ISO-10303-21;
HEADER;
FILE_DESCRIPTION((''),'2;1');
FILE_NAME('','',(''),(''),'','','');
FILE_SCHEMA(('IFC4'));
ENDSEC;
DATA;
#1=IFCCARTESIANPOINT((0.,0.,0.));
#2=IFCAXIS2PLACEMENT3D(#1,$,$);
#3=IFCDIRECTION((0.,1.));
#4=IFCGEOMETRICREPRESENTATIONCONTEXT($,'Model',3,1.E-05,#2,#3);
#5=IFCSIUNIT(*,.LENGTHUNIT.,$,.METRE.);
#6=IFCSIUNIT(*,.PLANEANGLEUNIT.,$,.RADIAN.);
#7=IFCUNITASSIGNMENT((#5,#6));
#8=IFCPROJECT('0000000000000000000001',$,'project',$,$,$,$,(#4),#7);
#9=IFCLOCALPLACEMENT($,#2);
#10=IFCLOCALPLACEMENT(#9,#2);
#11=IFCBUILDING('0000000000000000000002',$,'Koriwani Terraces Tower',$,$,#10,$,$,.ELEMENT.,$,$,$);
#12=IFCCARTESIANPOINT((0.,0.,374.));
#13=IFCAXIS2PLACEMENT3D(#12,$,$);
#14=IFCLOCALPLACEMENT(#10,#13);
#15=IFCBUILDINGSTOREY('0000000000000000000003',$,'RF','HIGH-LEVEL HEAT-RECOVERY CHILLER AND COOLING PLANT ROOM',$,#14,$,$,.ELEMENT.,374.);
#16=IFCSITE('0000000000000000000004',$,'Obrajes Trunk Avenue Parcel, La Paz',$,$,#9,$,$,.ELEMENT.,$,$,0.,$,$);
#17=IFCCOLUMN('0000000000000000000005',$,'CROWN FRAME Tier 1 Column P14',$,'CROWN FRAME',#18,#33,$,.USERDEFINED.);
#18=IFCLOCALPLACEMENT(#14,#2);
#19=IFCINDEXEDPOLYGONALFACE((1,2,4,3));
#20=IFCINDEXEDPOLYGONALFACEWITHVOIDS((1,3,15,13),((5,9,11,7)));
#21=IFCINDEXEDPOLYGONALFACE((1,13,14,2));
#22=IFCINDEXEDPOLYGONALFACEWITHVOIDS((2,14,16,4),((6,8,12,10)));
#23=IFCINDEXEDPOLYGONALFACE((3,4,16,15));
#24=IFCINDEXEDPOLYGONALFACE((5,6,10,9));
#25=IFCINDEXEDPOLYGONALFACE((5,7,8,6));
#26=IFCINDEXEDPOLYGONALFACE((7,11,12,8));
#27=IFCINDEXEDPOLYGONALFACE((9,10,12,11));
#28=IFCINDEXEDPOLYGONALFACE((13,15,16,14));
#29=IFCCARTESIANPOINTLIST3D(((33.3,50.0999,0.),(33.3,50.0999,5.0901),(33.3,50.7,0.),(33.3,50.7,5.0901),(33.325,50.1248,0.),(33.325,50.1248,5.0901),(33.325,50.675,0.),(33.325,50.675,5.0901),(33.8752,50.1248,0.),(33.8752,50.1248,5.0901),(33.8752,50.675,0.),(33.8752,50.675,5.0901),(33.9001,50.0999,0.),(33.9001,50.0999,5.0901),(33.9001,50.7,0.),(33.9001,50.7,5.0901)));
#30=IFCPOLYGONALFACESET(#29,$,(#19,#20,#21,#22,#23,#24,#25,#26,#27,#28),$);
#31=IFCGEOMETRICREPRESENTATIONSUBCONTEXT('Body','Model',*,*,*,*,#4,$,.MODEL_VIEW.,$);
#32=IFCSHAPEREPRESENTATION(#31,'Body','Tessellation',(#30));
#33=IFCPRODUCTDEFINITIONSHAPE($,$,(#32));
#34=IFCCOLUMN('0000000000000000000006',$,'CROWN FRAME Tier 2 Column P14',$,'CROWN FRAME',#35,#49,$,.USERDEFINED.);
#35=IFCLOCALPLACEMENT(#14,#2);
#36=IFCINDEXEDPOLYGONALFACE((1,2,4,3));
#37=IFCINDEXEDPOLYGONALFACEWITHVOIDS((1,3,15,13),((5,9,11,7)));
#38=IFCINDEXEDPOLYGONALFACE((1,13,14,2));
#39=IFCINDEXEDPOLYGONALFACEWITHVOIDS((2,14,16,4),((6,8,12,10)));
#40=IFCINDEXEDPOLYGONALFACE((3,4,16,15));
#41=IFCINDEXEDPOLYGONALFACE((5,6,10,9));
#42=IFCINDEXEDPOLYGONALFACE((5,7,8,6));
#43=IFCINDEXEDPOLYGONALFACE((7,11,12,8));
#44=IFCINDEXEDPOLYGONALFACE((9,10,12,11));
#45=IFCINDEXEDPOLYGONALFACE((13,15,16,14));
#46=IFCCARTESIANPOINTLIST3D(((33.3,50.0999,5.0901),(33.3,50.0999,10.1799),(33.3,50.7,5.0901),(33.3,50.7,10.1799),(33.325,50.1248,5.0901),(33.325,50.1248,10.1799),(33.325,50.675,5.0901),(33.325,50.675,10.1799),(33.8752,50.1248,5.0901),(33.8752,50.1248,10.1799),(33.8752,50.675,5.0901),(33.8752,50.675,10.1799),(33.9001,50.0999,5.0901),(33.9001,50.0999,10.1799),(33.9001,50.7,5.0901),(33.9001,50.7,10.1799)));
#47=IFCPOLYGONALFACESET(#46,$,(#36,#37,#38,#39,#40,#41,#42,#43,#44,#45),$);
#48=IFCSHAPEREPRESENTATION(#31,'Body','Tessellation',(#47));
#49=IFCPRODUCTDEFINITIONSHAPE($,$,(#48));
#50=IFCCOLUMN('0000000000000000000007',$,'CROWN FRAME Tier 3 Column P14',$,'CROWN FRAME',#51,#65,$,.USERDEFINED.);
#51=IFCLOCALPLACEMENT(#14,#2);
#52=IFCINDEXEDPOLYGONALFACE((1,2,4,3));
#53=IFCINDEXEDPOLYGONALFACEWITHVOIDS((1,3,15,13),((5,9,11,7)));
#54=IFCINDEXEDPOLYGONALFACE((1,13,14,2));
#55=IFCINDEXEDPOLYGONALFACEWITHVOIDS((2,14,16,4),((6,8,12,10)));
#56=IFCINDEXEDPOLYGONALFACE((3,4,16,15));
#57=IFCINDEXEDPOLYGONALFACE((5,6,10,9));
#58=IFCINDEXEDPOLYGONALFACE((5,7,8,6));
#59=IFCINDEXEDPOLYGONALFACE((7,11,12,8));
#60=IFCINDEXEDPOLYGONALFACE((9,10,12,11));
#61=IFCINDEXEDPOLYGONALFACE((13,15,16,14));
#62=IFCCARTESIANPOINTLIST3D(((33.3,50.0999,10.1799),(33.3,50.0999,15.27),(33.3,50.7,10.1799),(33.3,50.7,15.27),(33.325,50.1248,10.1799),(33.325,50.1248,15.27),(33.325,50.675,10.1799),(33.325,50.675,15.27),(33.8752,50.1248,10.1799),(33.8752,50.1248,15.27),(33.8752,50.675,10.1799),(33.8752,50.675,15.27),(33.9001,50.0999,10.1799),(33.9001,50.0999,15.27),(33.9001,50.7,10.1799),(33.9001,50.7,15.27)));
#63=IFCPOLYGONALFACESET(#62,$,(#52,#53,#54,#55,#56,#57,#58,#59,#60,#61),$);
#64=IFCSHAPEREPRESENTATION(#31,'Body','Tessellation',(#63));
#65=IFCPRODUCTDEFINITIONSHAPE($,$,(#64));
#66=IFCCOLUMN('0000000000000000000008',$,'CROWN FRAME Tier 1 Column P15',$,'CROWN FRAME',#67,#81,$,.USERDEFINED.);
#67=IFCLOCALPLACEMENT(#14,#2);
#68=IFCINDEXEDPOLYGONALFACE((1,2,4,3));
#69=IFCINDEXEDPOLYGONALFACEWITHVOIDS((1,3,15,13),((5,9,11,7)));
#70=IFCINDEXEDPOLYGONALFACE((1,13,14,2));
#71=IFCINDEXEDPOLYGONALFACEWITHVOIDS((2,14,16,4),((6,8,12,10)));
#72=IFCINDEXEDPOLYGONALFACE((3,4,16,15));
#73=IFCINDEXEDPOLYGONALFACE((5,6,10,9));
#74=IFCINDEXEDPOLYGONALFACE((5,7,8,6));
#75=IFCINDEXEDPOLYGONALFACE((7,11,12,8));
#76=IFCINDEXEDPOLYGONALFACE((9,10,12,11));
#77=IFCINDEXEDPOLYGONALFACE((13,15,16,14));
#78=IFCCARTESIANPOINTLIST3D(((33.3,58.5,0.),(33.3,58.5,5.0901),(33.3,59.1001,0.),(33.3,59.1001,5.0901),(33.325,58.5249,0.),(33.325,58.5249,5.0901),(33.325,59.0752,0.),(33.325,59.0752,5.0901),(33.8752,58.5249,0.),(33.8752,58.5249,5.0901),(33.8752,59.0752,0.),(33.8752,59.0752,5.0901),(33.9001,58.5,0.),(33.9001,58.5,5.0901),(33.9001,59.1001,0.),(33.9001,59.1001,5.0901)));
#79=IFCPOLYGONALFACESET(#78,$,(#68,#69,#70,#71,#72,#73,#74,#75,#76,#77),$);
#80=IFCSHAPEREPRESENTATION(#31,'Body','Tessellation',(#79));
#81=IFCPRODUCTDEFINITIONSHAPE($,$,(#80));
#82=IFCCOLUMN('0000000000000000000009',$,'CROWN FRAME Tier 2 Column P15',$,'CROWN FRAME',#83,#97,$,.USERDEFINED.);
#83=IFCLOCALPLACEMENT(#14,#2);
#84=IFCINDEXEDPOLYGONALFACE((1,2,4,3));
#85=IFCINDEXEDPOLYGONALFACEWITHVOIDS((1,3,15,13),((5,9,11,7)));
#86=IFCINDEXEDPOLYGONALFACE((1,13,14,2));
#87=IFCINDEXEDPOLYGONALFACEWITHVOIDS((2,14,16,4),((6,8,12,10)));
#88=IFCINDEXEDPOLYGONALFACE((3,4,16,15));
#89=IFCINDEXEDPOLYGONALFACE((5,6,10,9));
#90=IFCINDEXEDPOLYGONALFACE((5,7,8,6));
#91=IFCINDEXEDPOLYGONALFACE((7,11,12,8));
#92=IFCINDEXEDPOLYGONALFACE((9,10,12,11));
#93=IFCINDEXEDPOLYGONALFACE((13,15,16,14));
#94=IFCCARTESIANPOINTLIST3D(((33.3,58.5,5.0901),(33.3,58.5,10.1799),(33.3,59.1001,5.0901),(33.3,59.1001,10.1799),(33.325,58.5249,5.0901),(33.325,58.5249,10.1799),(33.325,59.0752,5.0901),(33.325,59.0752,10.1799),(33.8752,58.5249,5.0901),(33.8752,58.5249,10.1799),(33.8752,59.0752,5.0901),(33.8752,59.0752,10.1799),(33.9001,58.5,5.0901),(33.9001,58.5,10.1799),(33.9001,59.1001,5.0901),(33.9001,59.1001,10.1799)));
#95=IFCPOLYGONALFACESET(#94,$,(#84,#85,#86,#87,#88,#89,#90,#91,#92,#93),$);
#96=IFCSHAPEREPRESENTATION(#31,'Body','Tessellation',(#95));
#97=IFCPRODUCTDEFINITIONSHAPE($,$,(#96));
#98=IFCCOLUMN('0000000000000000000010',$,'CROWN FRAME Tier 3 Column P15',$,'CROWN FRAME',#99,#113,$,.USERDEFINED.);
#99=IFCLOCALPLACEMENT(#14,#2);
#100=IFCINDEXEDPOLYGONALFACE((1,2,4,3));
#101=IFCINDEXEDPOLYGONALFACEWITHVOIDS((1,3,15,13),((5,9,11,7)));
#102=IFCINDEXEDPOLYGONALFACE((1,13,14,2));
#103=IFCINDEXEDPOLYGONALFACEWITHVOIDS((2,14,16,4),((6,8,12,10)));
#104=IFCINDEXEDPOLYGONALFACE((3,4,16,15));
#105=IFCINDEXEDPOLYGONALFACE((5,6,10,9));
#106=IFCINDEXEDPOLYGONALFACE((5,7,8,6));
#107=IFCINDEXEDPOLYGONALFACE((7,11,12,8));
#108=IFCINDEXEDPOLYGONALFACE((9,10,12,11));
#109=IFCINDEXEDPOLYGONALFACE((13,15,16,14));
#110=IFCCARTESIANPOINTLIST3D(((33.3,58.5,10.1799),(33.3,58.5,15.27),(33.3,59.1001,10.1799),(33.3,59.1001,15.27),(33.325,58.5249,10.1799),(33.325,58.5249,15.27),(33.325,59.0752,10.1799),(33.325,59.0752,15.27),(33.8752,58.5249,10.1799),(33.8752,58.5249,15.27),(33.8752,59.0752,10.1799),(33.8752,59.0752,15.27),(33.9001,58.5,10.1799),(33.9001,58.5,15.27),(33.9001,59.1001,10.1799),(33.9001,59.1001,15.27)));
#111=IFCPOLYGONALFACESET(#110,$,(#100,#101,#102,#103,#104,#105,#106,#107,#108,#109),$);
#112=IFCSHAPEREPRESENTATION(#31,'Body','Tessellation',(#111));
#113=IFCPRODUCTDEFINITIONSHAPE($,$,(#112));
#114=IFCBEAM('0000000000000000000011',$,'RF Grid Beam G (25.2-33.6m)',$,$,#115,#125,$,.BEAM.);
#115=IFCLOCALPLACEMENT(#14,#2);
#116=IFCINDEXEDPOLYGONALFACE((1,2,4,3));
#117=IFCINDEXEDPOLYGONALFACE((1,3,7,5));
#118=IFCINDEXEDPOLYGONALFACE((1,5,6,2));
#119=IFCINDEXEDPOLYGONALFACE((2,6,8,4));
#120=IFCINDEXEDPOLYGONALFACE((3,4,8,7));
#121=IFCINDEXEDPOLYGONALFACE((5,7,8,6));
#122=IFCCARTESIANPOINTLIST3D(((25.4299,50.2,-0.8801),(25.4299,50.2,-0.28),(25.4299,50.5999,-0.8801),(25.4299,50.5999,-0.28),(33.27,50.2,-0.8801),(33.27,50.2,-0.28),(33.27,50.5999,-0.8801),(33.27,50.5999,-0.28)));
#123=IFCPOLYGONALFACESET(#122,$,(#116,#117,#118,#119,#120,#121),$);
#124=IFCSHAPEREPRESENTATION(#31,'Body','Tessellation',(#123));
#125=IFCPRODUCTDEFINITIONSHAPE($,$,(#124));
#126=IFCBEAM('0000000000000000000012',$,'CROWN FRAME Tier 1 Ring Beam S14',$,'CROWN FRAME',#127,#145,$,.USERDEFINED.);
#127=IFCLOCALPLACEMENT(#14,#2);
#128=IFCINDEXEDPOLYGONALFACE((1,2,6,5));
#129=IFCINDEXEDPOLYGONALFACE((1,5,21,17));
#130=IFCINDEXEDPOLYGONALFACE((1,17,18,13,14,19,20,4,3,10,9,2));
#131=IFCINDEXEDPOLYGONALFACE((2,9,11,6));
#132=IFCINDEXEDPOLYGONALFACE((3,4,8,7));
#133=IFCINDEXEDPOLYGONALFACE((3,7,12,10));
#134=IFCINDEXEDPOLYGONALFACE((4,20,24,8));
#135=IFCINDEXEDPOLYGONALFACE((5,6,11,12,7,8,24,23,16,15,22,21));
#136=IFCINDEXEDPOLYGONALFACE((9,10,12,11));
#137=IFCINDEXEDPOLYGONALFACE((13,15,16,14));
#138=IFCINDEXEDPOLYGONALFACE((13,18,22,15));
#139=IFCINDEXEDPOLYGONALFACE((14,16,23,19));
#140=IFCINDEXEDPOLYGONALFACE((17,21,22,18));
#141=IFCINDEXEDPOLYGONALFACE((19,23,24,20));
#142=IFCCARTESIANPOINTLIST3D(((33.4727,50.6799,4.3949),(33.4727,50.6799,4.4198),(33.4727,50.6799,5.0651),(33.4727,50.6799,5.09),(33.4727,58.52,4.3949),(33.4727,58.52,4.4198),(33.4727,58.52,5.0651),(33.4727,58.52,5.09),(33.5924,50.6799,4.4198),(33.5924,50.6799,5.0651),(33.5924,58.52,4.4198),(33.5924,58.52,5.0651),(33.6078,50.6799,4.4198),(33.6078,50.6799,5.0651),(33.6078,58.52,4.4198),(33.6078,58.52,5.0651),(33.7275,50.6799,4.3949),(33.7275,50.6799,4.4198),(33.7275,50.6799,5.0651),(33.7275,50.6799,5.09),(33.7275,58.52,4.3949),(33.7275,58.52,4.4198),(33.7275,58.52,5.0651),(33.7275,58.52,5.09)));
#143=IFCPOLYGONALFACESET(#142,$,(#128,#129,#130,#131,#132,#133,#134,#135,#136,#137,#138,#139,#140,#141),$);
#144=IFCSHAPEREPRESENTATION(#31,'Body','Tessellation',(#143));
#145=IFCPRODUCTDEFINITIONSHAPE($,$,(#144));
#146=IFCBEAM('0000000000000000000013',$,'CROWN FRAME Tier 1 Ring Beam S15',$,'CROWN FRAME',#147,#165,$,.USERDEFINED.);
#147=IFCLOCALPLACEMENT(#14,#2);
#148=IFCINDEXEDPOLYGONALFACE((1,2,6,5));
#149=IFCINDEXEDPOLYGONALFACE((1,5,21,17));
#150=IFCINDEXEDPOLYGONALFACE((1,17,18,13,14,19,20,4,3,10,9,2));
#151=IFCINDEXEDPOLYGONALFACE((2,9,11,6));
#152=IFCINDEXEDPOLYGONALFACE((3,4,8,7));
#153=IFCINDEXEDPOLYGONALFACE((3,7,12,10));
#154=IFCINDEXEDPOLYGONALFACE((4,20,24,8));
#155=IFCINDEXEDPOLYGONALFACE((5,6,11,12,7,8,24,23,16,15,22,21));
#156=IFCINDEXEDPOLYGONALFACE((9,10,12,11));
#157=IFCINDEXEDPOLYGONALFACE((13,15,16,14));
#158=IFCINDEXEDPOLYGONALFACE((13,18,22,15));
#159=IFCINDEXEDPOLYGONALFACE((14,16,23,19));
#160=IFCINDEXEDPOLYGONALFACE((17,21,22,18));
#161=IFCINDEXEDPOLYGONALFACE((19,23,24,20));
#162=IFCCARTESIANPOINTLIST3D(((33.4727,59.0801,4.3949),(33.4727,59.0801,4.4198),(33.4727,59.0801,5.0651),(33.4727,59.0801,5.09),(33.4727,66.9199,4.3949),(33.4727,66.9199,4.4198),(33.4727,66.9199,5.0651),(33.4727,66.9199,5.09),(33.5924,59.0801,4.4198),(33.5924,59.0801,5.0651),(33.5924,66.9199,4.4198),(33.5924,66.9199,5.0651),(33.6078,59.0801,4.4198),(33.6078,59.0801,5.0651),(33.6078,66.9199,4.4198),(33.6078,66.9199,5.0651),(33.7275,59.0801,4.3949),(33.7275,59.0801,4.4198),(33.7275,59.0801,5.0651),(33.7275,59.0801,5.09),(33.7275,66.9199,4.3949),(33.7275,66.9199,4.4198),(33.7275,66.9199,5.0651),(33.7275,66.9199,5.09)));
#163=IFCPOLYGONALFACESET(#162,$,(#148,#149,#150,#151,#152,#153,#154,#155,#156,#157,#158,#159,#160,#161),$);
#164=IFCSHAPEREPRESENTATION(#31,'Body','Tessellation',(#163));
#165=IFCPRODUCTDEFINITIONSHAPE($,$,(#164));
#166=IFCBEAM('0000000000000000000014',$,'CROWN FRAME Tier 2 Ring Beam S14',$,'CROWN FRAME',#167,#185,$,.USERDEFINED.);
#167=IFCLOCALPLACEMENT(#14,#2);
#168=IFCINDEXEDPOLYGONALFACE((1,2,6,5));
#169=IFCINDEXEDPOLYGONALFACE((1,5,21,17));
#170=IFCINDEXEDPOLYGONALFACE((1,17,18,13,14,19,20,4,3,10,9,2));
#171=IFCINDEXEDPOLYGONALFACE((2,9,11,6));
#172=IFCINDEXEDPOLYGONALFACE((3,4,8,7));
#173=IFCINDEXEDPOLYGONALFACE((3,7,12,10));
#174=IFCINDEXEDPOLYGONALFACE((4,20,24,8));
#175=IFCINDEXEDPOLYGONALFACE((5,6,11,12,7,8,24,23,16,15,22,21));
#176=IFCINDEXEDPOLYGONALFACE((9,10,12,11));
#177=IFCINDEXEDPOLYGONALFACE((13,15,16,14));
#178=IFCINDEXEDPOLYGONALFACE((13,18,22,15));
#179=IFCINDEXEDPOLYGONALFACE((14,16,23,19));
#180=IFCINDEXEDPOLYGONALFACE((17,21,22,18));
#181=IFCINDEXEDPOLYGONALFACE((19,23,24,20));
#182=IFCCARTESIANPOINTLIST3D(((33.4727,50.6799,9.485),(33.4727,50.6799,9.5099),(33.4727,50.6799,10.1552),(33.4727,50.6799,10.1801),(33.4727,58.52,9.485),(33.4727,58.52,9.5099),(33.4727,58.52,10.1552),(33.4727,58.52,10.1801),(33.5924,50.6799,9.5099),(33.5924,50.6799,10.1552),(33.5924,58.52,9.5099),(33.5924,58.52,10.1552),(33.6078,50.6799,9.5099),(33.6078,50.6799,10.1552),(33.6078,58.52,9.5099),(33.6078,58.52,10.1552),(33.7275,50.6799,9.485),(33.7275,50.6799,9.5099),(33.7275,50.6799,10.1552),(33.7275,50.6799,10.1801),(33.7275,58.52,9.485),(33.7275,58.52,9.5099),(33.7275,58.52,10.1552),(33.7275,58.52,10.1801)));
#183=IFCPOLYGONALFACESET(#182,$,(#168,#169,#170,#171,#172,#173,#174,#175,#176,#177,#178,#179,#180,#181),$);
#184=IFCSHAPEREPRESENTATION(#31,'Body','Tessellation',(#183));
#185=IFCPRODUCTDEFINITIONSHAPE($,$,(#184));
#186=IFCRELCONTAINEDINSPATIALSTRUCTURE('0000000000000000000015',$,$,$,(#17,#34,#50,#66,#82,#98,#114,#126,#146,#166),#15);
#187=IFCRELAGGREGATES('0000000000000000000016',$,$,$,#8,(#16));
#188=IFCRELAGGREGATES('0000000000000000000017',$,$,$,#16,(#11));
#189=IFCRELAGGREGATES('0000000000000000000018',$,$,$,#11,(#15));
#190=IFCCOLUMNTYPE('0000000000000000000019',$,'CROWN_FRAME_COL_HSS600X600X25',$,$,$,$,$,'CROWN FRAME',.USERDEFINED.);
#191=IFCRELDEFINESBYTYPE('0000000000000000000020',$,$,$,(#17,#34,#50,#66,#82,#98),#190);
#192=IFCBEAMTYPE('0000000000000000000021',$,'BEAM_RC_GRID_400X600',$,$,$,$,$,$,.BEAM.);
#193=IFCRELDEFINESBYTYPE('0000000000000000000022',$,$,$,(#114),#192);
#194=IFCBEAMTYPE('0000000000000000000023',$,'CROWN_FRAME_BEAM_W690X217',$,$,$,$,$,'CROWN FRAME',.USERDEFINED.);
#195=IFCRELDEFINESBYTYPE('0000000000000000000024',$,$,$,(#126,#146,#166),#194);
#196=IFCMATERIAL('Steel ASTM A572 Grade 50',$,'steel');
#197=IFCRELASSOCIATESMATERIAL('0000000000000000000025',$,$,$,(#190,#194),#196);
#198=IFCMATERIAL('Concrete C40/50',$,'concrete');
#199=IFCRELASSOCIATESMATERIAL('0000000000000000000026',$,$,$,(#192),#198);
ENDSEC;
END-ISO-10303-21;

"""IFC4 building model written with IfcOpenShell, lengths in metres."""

from ifc_helpers import new_model, si_unit, direction, frame, origin, origin_2d, place, context, subcontext, project, spatial, rectangle, hollow_rectangle, i_section, extrude, material, material_profile, profile_set, type_object, element, save


model = new_model("IFC4")

# Units and contexts
model_context = context("Model", 3, precision=1e-05, world=origin(), true_north=direction((0.0, 1.0)))
body_context = subcontext(model_context, "Body", "Model", "MODEL_VIEW")
ifc_project = project(units=[si_unit("LENGTHUNIT", "METRE"), si_unit("PLANEANGLEUNIT", "RADIAN")], contexts=[model_context])

# Site, building, storey
site_placement = place(None, origin())
site = spatial("IfcSite", under=ifc_project, at=site_placement, Name="Obrajes Trunk Avenue Parcel, La Paz", CompositionType="ELEMENT", RefElevation=0.0)
building_placement = place(site_placement, origin())
building = spatial("IfcBuilding", under=site, at=building_placement, Name="Koriwani Terraces Tower", CompositionType="ELEMENT")
storey_placement = place(building_placement, frame((0.0, 0.0, 374.0)))
storey = spatial("IfcBuildingStorey", under=building, at=storey_placement, Name="RF", Description="HIGH-LEVEL HEAT-RECOVERY CHILLER AND COOLING PLANT ROOM", CompositionType="ELEMENT", Elevation=374.0)

# Columns
ifc_material_1 = material(Name="Steel ASTM A572 Grade 50", Category="steel")
ifc_material_profile_1 = material_profile(ifc_material_1, hollow_rectangle(XDim=0.6001, YDim=0.6001, WallThickness=0.0249, at=origin_2d()), Name="Steel ASTM A572 Grade 50", Category="LoadBearing")
ifc_profile_set_1 = profile_set([ifc_material_profile_1], Name="Steel ASTM A572 Grade 50")
column_type = type_object("IfcColumnType", Name="CROWN_FRAME_COL_HSS600X600X25", ElementType="CROWN FRAME", PredefinedType="USERDEFINED", material=ifc_profile_set_1)
column_1_placement = place(storey_placement, frame((33.6001, 50.3999, 0.0), z_axis=(0.0, 0.0, 1.0), x_axis=(1.0, 0.0, 0.0)))
element("IfcColumn", 1, at=column_1_placement, inside=storey, type_object=column_type, Name="CROWN FRAME Tier 1 Column P14", ObjectType="CROWN FRAME", PredefinedType="USERDEFINED", context=body_context, shape_type="SweptSolid", body=[
    extrude(hollow_rectangle(XDim=0.6001, YDim=0.6001, WallThickness=0.0249, at=origin_2d()), origin(), (0.0, 0.0, 1.0), 5.0901),
])
column_2_placement = place(storey_placement, frame((33.6001, 50.3999, 5.0901), z_axis=(0.0, 0.0, 1.0), x_axis=(1.0, 0.0, 0.0)))
element("IfcColumn", 2, at=column_2_placement, inside=storey, type_object=column_type, Name="CROWN FRAME Tier 2 Column P14", ObjectType="CROWN FRAME", PredefinedType="USERDEFINED", context=body_context, shape_type="SweptSolid", body=[
    extrude(hollow_rectangle(XDim=0.6001, YDim=0.6001, WallThickness=0.0249, at=origin_2d()), origin(), (0.0, 0.0, 1.0), 5.0898),
])
for number, where, z_axis, x_axis, name in (
    (3, (33.6001, 50.3999, 10.1799), (0.0, 0.0, 1.0), (1.0, 0.0, 0.0), "CROWN FRAME Tier 3 Column P14"),
    (4, (33.6001, 58.8, 0.0), (0.0, 0.0, 1.0), (1.0, 0.0, 0.0), "CROWN FRAME Tier 1 Column P15"),
):
    element("IfcColumn", number, at=place(storey_placement, frame(where, z_axis=z_axis, x_axis=x_axis)), inside=storey, type_object=column_type, Name=name, ObjectType="CROWN FRAME", PredefinedType="USERDEFINED", context=body_context, shape_type="SweptSolid", body=[
        extrude(hollow_rectangle(XDim=0.6001, YDim=0.6001, WallThickness=0.0249, at=origin_2d()), origin(), (0.0, 0.0, 1.0), 5.0901),
    ])
column_3_placement = place(storey_placement, frame((33.6001, 58.8, 5.0901), z_axis=(0.0, 0.0, 1.0), x_axis=(1.0, 0.0, 0.0)))
element("IfcColumn", 5, at=column_3_placement, inside=storey, type_object=column_type, Name="CROWN FRAME Tier 2 Column P15", ObjectType="CROWN FRAME", PredefinedType="USERDEFINED", context=body_context, shape_type="SweptSolid", body=[
    extrude(hollow_rectangle(XDim=0.6001, YDim=0.6001, WallThickness=0.0249, at=origin_2d()), origin(), (0.0, 0.0, 1.0), 5.0898),
])
column_4_placement = place(storey_placement, frame((33.6001, 58.8, 10.1799), z_axis=(0.0, 0.0, 1.0), x_axis=(1.0, 0.0, 0.0)))
element("IfcColumn", 6, at=column_4_placement, inside=storey, type_object=column_type, Name="CROWN FRAME Tier 3 Column P15", ObjectType="CROWN FRAME", PredefinedType="USERDEFINED", context=body_context, shape_type="SweptSolid", body=[
    extrude(hollow_rectangle(XDim=0.6001, YDim=0.6001, WallThickness=0.0249, at=origin_2d()), origin(), (0.0, 0.0, 1.0), 5.0901),
])

# Beams
ifc_material_2 = material(Name="Concrete C40/50", Category="concrete")
ifc_material_profile_2 = material_profile(ifc_material_2, rectangle(XDim=0.3999, YDim=0.6001, at=origin_2d()), Name="Concrete C40/50", Category="LoadBearing")
ifc_profile_set_2 = profile_set([ifc_material_profile_2], Name="Concrete C40/50")
beam_type_1 = type_object("IfcBeamType", Name="BEAM_RC_GRID_400X600", PredefinedType="BEAM", material=ifc_profile_set_2)
beam_1_placement = place(storey_placement, frame((25.4299, 50.3999, -0.5801), z_axis=(1.0, 0.0, 0.0), x_axis=(0.0, 1.0, 0.0)))
element("IfcBeam", 7, at=beam_1_placement, inside=storey, type_object=beam_type_1, Name="RF Grid Beam G (25.2-33.6m)", PredefinedType="BEAM", context=body_context, shape_type="SweptSolid", body=[
    extrude(rectangle(XDim=0.3999, YDim=0.6001, at=origin_2d()), origin(), (0.0, 0.0, 1.0), 7.8401),
])
ifc_material_profile_3 = material_profile(ifc_material_1, i_section(OverallWidth=0.2549, OverallDepth=0.6951, WebThickness=0.0154, FlangeThickness=0.0249, at=origin_2d()), Name="Steel ASTM A572 Grade 50", Category="LoadBearing")
ifc_profile_set_3 = profile_set([ifc_material_profile_3], Name="Steel ASTM A572 Grade 50")
beam_type_2 = type_object("IfcBeamType", Name="CROWN_FRAME_BEAM_W690X217", ElementType="CROWN FRAME", PredefinedType="USERDEFINED", material=ifc_profile_set_3)
beam_2_placement = place(storey_placement, frame((33.6001, 50.6799, 4.7424), z_axis=(0.0, 1.0, 0.0), x_axis=(-1.0, 0.0, 0.0)))
element("IfcBeam", 8, at=beam_2_placement, inside=storey, type_object=beam_type_2, Name="CROWN FRAME Tier 1 Ring Beam S14", ObjectType="CROWN FRAME", PredefinedType="USERDEFINED", context=body_context, shape_type="SweptSolid", body=[
    extrude(i_section(OverallWidth=0.2549, OverallDepth=0.6951, WebThickness=0.0154, FlangeThickness=0.0249, at=origin_2d()), origin(), (0.0, 0.0, 1.0), 7.8401),
])
beam_3_placement = place(storey_placement, frame((33.6001, 59.0801, 4.7424), z_axis=(0.0, 1.0, 0.0), x_axis=(-1.0, 0.0, 0.0)))
element("IfcBeam", 9, at=beam_3_placement, inside=storey, type_object=beam_type_2, Name="CROWN FRAME Tier 1 Ring Beam S15", ObjectType="CROWN FRAME", PredefinedType="USERDEFINED", context=body_context, shape_type="SweptSolid", body=[
    extrude(i_section(OverallWidth=0.2549, OverallDepth=0.6951, WebThickness=0.0154, FlangeThickness=0.0249, at=origin_2d()), origin(), (0.0, 0.0, 1.0), 7.8398),
])
beam_4_placement = place(storey_placement, frame((33.6001, 50.6799, 9.8325), z_axis=(0.0, 1.0, 0.0), x_axis=(-1.0, 0.0, 0.0)))
element("IfcBeam", 10, at=beam_4_placement, inside=storey, type_object=beam_type_2, Name="CROWN FRAME Tier 2 Ring Beam S14", ObjectType="CROWN FRAME", PredefinedType="USERDEFINED", context=body_context, shape_type="SweptSolid", body=[
    extrude(i_section(OverallWidth=0.2549, OverallDepth=0.6951, WebThickness=0.0154, FlangeThickness=0.0249, at=origin_2d()), origin(), (0.0, 0.0, 1.0), 7.8401),
])

save(model, "model.ifc")
